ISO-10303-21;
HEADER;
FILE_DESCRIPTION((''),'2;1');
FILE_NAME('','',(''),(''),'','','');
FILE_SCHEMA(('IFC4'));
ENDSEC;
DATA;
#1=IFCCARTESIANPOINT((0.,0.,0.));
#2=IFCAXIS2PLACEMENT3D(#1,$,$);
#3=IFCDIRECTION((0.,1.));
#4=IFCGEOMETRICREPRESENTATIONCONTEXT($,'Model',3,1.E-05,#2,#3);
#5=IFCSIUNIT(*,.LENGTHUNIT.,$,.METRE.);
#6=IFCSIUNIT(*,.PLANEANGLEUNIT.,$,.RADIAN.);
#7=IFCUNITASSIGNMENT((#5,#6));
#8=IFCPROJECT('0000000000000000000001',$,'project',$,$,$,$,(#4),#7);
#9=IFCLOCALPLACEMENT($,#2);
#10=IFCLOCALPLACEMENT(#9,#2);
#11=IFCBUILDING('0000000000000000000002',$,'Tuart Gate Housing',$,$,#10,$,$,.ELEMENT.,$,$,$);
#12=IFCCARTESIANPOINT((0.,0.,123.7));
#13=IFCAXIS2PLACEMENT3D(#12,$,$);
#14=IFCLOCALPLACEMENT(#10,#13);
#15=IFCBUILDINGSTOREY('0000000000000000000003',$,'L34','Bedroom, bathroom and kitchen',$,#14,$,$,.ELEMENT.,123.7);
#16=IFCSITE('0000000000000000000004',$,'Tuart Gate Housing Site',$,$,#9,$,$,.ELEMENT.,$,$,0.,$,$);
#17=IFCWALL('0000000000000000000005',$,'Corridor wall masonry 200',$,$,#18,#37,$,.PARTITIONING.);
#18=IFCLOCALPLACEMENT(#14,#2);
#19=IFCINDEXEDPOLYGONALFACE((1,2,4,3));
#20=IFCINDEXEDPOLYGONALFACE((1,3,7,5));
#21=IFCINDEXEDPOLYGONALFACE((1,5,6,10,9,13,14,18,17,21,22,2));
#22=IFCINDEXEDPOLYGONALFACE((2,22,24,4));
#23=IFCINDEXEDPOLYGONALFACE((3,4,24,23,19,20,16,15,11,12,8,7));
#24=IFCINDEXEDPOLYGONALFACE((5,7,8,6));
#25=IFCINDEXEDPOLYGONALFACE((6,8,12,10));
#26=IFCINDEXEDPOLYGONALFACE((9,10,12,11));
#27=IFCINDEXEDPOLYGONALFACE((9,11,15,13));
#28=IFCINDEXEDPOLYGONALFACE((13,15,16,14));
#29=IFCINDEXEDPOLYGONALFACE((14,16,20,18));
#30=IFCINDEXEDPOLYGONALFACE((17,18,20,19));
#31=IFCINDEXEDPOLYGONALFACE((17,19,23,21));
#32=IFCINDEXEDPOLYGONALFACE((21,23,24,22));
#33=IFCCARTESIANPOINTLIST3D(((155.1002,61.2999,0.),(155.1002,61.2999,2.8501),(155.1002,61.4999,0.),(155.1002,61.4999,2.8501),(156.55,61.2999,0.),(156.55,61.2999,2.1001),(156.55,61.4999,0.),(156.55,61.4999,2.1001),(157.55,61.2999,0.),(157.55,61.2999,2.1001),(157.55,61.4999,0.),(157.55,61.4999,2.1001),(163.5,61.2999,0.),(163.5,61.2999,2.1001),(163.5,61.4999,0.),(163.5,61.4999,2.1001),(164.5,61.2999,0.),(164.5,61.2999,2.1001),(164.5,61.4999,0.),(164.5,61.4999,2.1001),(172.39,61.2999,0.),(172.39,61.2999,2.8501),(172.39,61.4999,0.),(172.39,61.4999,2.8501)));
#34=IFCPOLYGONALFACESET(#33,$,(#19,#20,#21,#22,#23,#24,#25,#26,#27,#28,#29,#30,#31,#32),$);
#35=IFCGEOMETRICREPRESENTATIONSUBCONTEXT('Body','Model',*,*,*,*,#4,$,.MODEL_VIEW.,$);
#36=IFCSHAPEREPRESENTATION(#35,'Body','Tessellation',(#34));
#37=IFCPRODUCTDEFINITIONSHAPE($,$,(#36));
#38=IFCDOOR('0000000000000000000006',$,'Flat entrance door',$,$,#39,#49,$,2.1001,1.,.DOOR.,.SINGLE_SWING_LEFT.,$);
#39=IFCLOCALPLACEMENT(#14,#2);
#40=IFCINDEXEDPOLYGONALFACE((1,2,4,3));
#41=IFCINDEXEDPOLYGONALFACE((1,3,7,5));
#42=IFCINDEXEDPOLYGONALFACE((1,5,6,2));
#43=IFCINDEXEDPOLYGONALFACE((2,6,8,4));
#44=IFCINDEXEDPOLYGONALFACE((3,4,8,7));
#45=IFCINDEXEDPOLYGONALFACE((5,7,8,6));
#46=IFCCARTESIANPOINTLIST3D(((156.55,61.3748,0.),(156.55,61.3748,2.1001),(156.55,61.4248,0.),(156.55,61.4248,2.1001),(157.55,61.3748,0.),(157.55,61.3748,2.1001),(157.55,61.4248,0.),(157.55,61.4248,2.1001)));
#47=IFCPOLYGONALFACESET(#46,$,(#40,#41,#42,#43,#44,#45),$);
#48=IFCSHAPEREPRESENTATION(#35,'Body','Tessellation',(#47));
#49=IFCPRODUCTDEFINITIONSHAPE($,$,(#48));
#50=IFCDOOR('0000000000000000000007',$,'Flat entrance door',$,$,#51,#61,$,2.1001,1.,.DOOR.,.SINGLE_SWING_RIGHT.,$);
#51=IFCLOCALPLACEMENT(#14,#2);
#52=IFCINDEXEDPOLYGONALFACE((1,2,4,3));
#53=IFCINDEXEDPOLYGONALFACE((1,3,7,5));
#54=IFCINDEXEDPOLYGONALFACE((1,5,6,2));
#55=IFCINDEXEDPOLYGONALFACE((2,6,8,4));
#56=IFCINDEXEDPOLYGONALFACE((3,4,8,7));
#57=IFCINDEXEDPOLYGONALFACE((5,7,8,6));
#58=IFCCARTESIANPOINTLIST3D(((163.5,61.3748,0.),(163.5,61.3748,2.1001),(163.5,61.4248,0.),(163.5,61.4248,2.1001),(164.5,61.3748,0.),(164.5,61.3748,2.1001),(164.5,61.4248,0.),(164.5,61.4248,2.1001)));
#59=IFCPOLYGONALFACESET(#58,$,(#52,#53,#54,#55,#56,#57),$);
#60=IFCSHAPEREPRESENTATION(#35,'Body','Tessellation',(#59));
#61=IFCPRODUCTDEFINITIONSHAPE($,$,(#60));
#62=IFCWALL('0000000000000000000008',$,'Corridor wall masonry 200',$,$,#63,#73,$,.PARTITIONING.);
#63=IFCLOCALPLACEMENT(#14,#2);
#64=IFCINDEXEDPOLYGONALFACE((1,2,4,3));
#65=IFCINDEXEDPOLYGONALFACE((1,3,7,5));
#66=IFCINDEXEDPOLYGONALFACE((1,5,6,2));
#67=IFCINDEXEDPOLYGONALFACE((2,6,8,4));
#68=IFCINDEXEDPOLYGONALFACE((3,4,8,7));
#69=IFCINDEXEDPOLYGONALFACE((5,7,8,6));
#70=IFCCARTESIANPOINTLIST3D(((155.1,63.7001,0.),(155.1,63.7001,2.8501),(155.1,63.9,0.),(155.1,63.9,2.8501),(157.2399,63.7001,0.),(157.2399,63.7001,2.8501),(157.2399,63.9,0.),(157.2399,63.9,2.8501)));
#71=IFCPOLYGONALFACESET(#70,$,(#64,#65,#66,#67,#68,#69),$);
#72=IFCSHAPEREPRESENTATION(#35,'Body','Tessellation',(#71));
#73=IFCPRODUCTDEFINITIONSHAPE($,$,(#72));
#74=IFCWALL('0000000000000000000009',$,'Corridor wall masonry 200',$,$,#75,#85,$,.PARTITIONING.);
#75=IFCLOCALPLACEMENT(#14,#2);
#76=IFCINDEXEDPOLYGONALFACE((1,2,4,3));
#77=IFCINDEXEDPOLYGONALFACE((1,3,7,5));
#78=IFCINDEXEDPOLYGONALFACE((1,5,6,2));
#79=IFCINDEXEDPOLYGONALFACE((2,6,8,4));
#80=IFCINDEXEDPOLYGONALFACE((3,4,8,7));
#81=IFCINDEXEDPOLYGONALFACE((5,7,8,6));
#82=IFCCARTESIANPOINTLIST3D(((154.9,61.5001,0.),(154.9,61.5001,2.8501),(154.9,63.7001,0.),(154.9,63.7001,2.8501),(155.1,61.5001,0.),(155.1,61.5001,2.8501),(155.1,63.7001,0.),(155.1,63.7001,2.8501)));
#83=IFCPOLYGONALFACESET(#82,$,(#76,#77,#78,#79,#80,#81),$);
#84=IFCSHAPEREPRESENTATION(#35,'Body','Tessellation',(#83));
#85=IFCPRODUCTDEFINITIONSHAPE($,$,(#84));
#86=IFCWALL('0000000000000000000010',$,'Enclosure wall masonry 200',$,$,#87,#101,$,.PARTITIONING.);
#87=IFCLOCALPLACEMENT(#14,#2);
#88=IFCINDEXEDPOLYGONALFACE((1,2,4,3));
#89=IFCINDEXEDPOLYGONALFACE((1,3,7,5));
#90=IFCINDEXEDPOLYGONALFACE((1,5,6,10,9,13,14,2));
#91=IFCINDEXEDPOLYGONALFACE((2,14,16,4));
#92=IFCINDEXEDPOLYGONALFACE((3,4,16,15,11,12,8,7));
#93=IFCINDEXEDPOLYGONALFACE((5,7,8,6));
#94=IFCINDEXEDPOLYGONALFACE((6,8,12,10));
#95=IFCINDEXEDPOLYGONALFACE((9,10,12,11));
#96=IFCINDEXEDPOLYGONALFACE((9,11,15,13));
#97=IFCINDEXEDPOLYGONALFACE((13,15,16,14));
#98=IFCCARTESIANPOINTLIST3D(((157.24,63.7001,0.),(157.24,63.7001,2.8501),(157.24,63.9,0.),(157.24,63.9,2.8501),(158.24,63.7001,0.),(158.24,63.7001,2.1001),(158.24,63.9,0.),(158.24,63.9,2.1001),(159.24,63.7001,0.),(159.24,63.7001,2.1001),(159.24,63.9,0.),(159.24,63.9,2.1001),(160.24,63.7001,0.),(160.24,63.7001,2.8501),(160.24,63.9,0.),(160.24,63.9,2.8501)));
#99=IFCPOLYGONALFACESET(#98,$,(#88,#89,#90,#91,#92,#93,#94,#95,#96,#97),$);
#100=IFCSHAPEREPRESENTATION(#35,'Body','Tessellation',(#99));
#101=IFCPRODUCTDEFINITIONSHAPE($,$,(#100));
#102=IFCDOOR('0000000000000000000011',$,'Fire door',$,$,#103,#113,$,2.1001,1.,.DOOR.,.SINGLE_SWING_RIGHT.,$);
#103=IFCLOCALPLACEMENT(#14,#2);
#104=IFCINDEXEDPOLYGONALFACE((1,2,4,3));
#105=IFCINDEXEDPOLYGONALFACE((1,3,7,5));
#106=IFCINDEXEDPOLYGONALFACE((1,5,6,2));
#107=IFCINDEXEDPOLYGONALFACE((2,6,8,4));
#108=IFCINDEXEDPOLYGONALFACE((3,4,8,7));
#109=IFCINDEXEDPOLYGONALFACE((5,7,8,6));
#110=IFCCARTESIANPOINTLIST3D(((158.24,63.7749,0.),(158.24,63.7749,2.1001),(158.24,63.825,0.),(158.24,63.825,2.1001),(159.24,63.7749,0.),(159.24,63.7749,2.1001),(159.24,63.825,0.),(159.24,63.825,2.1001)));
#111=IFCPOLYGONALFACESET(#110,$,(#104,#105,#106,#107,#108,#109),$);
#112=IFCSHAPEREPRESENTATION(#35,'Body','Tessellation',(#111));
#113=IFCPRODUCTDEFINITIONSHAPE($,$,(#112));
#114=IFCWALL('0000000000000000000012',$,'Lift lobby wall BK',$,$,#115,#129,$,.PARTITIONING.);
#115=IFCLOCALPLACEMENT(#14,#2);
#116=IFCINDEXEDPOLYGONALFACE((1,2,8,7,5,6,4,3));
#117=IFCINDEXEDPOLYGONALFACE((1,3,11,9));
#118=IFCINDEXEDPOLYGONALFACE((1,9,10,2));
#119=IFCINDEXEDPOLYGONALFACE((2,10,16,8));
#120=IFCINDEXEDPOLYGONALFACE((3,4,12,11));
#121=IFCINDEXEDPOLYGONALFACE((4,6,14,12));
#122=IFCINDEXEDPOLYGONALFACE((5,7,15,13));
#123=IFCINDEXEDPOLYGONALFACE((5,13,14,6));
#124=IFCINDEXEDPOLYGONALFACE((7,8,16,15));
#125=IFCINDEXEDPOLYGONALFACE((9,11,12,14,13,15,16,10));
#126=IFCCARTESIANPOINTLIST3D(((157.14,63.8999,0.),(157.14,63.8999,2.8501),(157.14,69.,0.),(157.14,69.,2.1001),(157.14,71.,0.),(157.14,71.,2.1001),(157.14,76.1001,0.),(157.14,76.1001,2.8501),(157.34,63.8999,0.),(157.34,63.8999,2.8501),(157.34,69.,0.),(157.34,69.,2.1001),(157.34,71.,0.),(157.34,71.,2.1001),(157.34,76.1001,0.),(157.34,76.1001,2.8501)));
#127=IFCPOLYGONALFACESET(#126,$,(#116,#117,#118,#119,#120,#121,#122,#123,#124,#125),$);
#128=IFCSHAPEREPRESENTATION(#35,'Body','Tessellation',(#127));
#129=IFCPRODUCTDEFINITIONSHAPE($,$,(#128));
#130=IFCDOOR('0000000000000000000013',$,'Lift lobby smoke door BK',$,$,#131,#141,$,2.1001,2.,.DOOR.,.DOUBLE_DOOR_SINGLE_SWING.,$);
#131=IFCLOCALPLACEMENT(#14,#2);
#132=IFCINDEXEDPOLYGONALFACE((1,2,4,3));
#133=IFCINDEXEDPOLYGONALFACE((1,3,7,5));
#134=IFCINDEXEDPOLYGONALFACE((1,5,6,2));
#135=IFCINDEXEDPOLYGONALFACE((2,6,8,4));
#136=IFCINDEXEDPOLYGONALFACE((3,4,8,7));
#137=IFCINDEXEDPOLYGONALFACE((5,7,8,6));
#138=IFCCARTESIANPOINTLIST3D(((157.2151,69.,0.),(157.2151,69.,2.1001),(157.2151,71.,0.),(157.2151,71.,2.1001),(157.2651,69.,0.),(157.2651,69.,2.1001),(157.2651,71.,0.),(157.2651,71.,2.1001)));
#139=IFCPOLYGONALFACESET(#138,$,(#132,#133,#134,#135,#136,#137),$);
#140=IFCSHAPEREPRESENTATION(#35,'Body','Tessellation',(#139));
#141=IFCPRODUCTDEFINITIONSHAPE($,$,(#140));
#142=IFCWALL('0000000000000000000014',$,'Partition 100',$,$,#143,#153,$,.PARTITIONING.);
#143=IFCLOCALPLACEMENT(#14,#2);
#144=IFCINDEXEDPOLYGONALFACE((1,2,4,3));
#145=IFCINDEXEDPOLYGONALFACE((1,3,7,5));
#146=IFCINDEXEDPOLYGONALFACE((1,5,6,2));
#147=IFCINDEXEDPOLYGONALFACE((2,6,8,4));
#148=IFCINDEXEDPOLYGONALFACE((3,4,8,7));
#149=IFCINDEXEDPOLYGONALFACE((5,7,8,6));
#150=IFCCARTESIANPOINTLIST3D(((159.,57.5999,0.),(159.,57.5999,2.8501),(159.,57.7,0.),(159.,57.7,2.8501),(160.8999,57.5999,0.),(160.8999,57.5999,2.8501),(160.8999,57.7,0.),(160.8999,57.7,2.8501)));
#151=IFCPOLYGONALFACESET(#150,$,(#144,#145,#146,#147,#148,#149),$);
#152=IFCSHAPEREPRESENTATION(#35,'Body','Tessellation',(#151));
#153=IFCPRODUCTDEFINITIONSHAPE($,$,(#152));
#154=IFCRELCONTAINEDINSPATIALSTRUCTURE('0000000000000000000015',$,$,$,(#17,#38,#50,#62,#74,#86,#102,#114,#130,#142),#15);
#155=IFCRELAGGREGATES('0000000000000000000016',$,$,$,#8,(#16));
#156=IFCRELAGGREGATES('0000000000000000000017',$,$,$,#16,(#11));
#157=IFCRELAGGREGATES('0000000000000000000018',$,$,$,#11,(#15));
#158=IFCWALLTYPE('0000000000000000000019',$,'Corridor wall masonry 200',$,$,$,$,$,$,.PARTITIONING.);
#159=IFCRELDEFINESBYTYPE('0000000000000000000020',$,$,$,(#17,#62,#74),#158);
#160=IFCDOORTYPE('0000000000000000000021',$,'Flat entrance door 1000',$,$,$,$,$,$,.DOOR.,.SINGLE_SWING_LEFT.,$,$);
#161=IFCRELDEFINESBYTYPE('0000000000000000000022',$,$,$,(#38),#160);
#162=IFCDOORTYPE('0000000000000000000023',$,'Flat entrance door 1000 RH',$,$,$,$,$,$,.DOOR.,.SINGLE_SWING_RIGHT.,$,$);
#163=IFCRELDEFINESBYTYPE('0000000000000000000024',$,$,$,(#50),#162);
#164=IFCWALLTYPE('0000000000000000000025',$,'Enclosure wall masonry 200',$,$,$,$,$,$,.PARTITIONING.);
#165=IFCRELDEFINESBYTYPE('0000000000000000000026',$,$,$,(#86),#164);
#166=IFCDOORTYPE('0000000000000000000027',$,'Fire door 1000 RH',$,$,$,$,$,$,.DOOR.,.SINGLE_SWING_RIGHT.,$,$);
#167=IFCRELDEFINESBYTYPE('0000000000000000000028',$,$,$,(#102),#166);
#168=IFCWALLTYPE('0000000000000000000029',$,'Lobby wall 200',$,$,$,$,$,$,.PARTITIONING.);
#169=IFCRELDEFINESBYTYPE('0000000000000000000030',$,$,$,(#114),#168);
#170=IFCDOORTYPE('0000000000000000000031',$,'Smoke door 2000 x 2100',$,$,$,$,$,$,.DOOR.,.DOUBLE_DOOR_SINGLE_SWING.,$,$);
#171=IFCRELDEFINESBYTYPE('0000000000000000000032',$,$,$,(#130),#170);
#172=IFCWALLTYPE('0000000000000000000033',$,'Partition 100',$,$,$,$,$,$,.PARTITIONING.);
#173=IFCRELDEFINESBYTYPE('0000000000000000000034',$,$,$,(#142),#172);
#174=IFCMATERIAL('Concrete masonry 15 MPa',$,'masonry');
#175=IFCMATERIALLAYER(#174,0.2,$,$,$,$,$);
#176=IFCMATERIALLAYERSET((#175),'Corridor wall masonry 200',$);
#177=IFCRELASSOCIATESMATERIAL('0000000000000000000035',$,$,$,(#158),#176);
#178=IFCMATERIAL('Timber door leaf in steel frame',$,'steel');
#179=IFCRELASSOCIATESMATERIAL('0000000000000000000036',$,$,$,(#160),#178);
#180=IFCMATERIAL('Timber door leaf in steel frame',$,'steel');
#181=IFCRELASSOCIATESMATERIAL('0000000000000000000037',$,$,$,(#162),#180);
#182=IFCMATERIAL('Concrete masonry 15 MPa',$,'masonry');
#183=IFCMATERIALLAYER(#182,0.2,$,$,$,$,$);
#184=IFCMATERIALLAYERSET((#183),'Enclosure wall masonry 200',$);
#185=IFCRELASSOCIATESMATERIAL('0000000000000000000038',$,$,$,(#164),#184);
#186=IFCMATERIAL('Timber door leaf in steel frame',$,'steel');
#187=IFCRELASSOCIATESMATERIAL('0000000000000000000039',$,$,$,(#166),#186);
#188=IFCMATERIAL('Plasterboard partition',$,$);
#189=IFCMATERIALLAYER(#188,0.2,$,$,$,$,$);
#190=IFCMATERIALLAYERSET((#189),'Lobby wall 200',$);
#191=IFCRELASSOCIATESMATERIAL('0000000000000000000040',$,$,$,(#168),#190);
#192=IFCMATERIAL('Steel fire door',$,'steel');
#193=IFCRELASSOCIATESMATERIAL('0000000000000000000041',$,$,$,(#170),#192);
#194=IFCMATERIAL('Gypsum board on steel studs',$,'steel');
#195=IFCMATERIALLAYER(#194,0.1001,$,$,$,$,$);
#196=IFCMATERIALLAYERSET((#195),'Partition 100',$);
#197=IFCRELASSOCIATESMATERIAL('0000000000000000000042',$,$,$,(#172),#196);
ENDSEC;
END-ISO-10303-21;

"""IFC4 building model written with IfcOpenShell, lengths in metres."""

from ifc_helpers import new_model, si_unit, direction, frame, frame_2d, origin, place, context, subcontext, project, spatial, rectangle, extrude, material, layer, layer_set, type_object, element, fill, save


model = new_model("IFC4")

# Units and contexts
model_context = context("Model", 3, precision=1e-05, world=origin(), true_north=direction((0.0, 1.0)))
body_context = subcontext(model_context, "Body", "Model", "MODEL_VIEW")
ifc_project = project(units=[si_unit("LENGTHUNIT", "METRE"), si_unit("PLANEANGLEUNIT", "RADIAN")], contexts=[model_context])

# Site, building, storey
site_placement = place(None, origin())
site = spatial("IfcSite", under=ifc_project, at=site_placement, Name="Tuart Gate Housing Site", CompositionType="ELEMENT", RefElevation=0.0)
building_placement = place(site_placement, origin())
building = spatial("IfcBuilding", under=site, at=building_placement, Name="Tuart Gate Housing", CompositionType="ELEMENT")
storey_placement = place(building_placement, frame((0.0, 0.0, 123.7)))
storey = spatial("IfcBuildingStorey", under=building, at=storey_placement, Name="L34", Description="Bedroom, bathroom and kitchen", CompositionType="ELEMENT", Elevation=123.7)

# Wall, openings, doors
ifc_material_1 = material(Name="Concrete masonry 15 MPa", Category="masonry")
ifc_layer_1 = layer(ifc_material_1, 0.2)
ifc_layer_set_1 = layer_set([ifc_layer_1], Name="Corridor wall masonry 200")
wall_type_1 = type_object("IfcWallType", Name="Corridor wall masonry 200", PredefinedType="PARTITIONING", material=ifc_layer_set_1)
wall_1_placement = place(storey_placement, frame((155.1001, 61.3999, 0.0), z_axis=(0.0, 0.0, 1.0), x_axis=(1.0, 0.0, 0.0)))
wall_1 = element("IfcWall", 1, at=wall_1_placement, inside=storey, type_object=wall_type_1, Name="Corridor wall masonry 200", PredefinedType="PARTITIONING", context=body_context, shape_type="SweptSolid", body=[
    extrude(rectangle(XDim=17.2898, YDim=0.2, at=frame_2d((8.645, 0.0))), origin(), (0.0, 0.0, 1.0), 2.8501),
])
opening_1_placement = place(wall_1_placement, frame((1.45, 0.0, 0.0)))
opening_1 = element("IfcOpeningElement", 2, at=opening_1_placement, cuts=wall_1, PredefinedType="OPENING", context=body_context, shape_type="SweptSolid", body=[
    extrude(rectangle(XDim=1.0, YDim=2.1001, at=frame_2d((0.5, 1.05))), frame((0.0, 0.1099, 0.0), z_axis=(0.0, -1.0, 0.0), x_axis=(1.0, 0.0, 0.0)), (0.0, 0.0, 1.0), 0.22),
])
opening_2_placement = place(wall_1_placement, frame((8.3999, 0.0, 0.0)))
opening_2 = element("IfcOpeningElement", 3, at=opening_2_placement, cuts=wall_1, PredefinedType="OPENING", context=body_context, shape_type="SweptSolid", body=[
    extrude(rectangle(XDim=1.0, YDim=2.1001, at=frame_2d((0.5, 1.05))), frame((0.0, 0.1099, 0.0), z_axis=(0.0, -1.0, 0.0), x_axis=(1.0, 0.0, 0.0)), (0.0, 0.0, 1.0), 0.22),
])
ifc_material_2 = material(Name="Timber door leaf in steel frame", Category="steel")
door_type_1 = type_object("IfcDoorType", Name="Flat entrance door 1000", OperationType="SINGLE_SWING_LEFT", PredefinedType="DOOR", material=ifc_material_2)
door_1_placement = place(opening_1_placement, frame((1.0, 0.0, 0.0), z_axis=(0.0, 0.0, 1.0), x_axis=(-1.0, 0.0, 0.0)))
door_1 = element("IfcDoor", 4, at=door_1_placement, inside=storey, type_object=door_type_1, Name="Flat entrance door", OperationType="SINGLE_SWING_LEFT", OverallHeight=2.1001, OverallWidth=1.0, PredefinedType="DOOR", context=body_context, shape_type="SweptSolid", body=[
    extrude(rectangle(XDim=1.0, YDim=2.1001, at=frame_2d((0.5, 1.05))), frame((0.0, 0.0251, 0.0), z_axis=(0.0, -1.0, 0.0), x_axis=(1.0, 0.0, 0.0)), (0.0, 0.0, 1.0), 0.05),
])
fill(opening_1, door_1)
ifc_material_3 = material(Name="Timber door leaf in steel frame", Category="steel")
door_type_2 = type_object("IfcDoorType", Name="Flat entrance door 1000 RH", OperationType="SINGLE_SWING_RIGHT", PredefinedType="DOOR", material=ifc_material_3)
door_2_placement = place(opening_2_placement, frame((1.0, 0.0, 0.0), z_axis=(0.0, 0.0, 1.0), x_axis=(-1.0, 0.0, 0.0)))
door_2 = element("IfcDoor", 5, at=door_2_placement, inside=storey, type_object=door_type_2, Name="Flat entrance door", OperationType="SINGLE_SWING_RIGHT", OverallHeight=2.1001, OverallWidth=1.0, PredefinedType="DOOR", context=body_context, shape_type="SweptSolid", body=[
    extrude(rectangle(XDim=1.0, YDim=2.1001, at=frame_2d((0.5, 1.05))), frame((0.0, 0.0251, 0.0), z_axis=(0.0, -1.0, 0.0), x_axis=(1.0, 0.0, 0.0)), (0.0, 0.0, 1.0), 0.05),
])
fill(opening_2, door_2)

# Walls
wall_2_placement = place(storey_placement, frame((155.1001, 63.8, 0.0), z_axis=(0.0, 0.0, 1.0), x_axis=(1.0, 0.0, 0.0)))
element("IfcWall", 6, at=wall_2_placement, inside=storey, type_object=wall_type_1, Name="Corridor wall masonry 200", PredefinedType="PARTITIONING", context=body_context, shape_type="SweptSolid", body=[
    extrude(rectangle(XDim=2.1399, YDim=0.2, at=frame_2d((1.0698, 0.0))), origin(), (0.0, 0.0, 1.0), 2.8501),
])
wall_3_placement = place(storey_placement, frame((155.0, 61.5, 0.0), z_axis=(0.0, 0.0, 1.0), x_axis=(0.0, 1.0, 0.0)))
element("IfcWall", 7, at=wall_3_placement, inside=storey, type_object=wall_type_1, Name="Corridor wall masonry 200", PredefinedType="PARTITIONING", context=body_context, shape_type="SweptSolid", body=[
    extrude(rectangle(XDim=2.2, YDim=0.2, at=frame_2d((1.1001, 0.0))), origin(), (0.0, 0.0, 1.0), 2.8501),
])

# Walls, openings, doors
ifc_material_4 = material(Name="Concrete masonry 15 MPa", Category="masonry")
ifc_layer_2 = layer(ifc_material_4, 0.2)
ifc_layer_set_2 = layer_set([ifc_layer_2], Name="Enclosure wall masonry 200")
wall_type_2 = type_object("IfcWallType", Name="Enclosure wall masonry 200", PredefinedType="PARTITIONING", material=ifc_layer_set_2)
wall_4_placement = place(storey_placement, frame((157.24, 63.8, 0.0), z_axis=(0.0, 0.0, 1.0), x_axis=(1.0, 0.0, 0.0)))
wall_4 = element("IfcWall", 8, at=wall_4_placement, inside=storey, type_object=wall_type_2, Name="Enclosure wall masonry 200", PredefinedType="PARTITIONING", context=body_context, shape_type="SweptSolid", body=[
    extrude(rectangle(XDim=3.0, YDim=0.2, at=frame_2d((1.5, 0.0))), origin(), (0.0, 0.0, 1.0), 2.8501),
])
opening_3_placement = place(wall_4_placement, frame((1.0, 0.0, 0.0)))
opening_3 = element("IfcOpeningElement", 9, at=opening_3_placement, cuts=wall_4, PredefinedType="OPENING", context=body_context, shape_type="SweptSolid", body=[
    extrude(rectangle(XDim=1.0, YDim=2.1001, at=frame_2d((0.5, 1.05))), frame((0.0, 0.1099, 0.0), z_axis=(0.0, -1.0, 0.0), x_axis=(1.0, 0.0, 0.0)), (0.0, 0.0, 1.0), 0.22),
])
ifc_material_5 = material(Name="Timber door leaf in steel frame", Category="steel")
door_type_3 = type_object("IfcDoorType", Name="Fire door 1000 RH", OperationType="SINGLE_SWING_RIGHT", PredefinedType="DOOR", material=ifc_material_5)
door_3_placement = place(opening_3_placement, frame((1.0, 0.0, 0.0), z_axis=(0.0, 0.0, 1.0), x_axis=(-1.0, 0.0, 0.0)))
door_3 = element("IfcDoor", 10, at=door_3_placement, inside=storey, type_object=door_type_3, Name="Fire door", OperationType="SINGLE_SWING_RIGHT", OverallHeight=2.1001, OverallWidth=1.0, PredefinedType="DOOR", context=body_context, shape_type="SweptSolid", body=[
    extrude(rectangle(XDim=1.0, YDim=2.1001, at=frame_2d((0.5, 1.05))), frame((0.0, 0.0251, 0.0), z_axis=(0.0, -1.0, 0.0), x_axis=(1.0, 0.0, 0.0)), (0.0, 0.0, 1.0), 0.05),
])
fill(opening_3, door_3)
ifc_material_6 = material(Name="Plasterboard partition")
ifc_layer_3 = layer(ifc_material_6, 0.2)
ifc_layer_set_3 = layer_set([ifc_layer_3], Name="Lobby wall 200")
wall_type_3 = type_object("IfcWallType", Name="Lobby wall 200", PredefinedType="PARTITIONING", material=ifc_layer_set_3)
wall_5_placement = place(storey_placement, frame((157.24, 63.8999, 0.0), z_axis=(0.0, 0.0, 1.0), x_axis=(0.0, 1.0, 0.0)))
wall_5 = element("IfcWall", 11, at=wall_5_placement, inside=storey, type_object=wall_type_3, Name="Lift lobby wall BK", PredefinedType="PARTITIONING", context=body_context, shape_type="SweptSolid", body=[
    extrude(rectangle(XDim=12.2002, YDim=0.2, at=frame_2d((6.1001, 0.0))), origin(), (0.0, 0.0, 1.0), 2.8501),
])
opening_4_placement = place(wall_5_placement, frame((5.1001, 0.0, 0.0)))
opening_4 = element("IfcOpeningElement", 12, at=opening_4_placement, cuts=wall_5, PredefinedType="OPENING", context=body_context, shape_type="SweptSolid", body=[
    extrude(rectangle(XDim=2.0, YDim=2.1001, at=frame_2d((1.0, 1.05))), frame((0.0, 0.1099, 0.0), z_axis=(0.0, -1.0, 0.0), x_axis=(1.0, 0.0, 0.0)), (0.0, 0.0, 1.0), 0.22),
])
ifc_material_7 = material(Name="Steel fire door", Category="steel")
door_type_4 = type_object("IfcDoorType", Name="Smoke door 2000 x 2100", OperationType="DOUBLE_DOOR_SINGLE_SWING", PredefinedType="DOOR", material=ifc_material_7)
door_4_placement = place(opening_4_placement, frame((2.0, 0.0, 0.0), z_axis=(0.0, 0.0, 1.0), x_axis=(-1.0, 0.0, 0.0)))
door_4 = element("IfcDoor", 13, at=door_4_placement, inside=storey, type_object=door_type_4, Name="Lift lobby smoke door BK", OperationType="DOUBLE_DOOR_SINGLE_SWING", OverallHeight=2.1001, OverallWidth=2.0, PredefinedType="DOOR", context=body_context, shape_type="SweptSolid", body=[
    extrude(rectangle(XDim=2.0, YDim=2.1001, at=frame_2d((1.0, 1.05))), frame((0.0, 0.0251, 0.0), z_axis=(0.0, -1.0, 0.0), x_axis=(1.0, 0.0, 0.0)), (0.0, 0.0, 1.0), 0.05),
])
fill(opening_4, door_4)

# Wall
ifc_material_8 = material(Name="Gypsum board on steel studs", Category="steel")
ifc_layer_4 = layer(ifc_material_8, 0.1001)
ifc_layer_set_4 = layer_set([ifc_layer_4], Name="Partition 100")
wall_type_4 = type_object("IfcWallType", Name="Partition 100", PredefinedType="PARTITIONING", material=ifc_layer_set_4)
wall_6_placement = place(storey_placement, frame((159.0, 57.6499, 0.0), z_axis=(0.0, 0.0, 1.0), x_axis=(1.0, 0.0, 0.0)))
element("IfcWall", 14, at=wall_6_placement, inside=storey, type_object=wall_type_4, Name="Partition 100", PredefinedType="PARTITIONING", context=body_context, shape_type="SweptSolid", body=[
    extrude(rectangle(XDim=1.8999, YDim=0.1001, at=frame_2d((0.95, 0.0))), origin(), (0.0, 0.0, 1.0), 2.8501),
])

save(model, "model.ifc")
